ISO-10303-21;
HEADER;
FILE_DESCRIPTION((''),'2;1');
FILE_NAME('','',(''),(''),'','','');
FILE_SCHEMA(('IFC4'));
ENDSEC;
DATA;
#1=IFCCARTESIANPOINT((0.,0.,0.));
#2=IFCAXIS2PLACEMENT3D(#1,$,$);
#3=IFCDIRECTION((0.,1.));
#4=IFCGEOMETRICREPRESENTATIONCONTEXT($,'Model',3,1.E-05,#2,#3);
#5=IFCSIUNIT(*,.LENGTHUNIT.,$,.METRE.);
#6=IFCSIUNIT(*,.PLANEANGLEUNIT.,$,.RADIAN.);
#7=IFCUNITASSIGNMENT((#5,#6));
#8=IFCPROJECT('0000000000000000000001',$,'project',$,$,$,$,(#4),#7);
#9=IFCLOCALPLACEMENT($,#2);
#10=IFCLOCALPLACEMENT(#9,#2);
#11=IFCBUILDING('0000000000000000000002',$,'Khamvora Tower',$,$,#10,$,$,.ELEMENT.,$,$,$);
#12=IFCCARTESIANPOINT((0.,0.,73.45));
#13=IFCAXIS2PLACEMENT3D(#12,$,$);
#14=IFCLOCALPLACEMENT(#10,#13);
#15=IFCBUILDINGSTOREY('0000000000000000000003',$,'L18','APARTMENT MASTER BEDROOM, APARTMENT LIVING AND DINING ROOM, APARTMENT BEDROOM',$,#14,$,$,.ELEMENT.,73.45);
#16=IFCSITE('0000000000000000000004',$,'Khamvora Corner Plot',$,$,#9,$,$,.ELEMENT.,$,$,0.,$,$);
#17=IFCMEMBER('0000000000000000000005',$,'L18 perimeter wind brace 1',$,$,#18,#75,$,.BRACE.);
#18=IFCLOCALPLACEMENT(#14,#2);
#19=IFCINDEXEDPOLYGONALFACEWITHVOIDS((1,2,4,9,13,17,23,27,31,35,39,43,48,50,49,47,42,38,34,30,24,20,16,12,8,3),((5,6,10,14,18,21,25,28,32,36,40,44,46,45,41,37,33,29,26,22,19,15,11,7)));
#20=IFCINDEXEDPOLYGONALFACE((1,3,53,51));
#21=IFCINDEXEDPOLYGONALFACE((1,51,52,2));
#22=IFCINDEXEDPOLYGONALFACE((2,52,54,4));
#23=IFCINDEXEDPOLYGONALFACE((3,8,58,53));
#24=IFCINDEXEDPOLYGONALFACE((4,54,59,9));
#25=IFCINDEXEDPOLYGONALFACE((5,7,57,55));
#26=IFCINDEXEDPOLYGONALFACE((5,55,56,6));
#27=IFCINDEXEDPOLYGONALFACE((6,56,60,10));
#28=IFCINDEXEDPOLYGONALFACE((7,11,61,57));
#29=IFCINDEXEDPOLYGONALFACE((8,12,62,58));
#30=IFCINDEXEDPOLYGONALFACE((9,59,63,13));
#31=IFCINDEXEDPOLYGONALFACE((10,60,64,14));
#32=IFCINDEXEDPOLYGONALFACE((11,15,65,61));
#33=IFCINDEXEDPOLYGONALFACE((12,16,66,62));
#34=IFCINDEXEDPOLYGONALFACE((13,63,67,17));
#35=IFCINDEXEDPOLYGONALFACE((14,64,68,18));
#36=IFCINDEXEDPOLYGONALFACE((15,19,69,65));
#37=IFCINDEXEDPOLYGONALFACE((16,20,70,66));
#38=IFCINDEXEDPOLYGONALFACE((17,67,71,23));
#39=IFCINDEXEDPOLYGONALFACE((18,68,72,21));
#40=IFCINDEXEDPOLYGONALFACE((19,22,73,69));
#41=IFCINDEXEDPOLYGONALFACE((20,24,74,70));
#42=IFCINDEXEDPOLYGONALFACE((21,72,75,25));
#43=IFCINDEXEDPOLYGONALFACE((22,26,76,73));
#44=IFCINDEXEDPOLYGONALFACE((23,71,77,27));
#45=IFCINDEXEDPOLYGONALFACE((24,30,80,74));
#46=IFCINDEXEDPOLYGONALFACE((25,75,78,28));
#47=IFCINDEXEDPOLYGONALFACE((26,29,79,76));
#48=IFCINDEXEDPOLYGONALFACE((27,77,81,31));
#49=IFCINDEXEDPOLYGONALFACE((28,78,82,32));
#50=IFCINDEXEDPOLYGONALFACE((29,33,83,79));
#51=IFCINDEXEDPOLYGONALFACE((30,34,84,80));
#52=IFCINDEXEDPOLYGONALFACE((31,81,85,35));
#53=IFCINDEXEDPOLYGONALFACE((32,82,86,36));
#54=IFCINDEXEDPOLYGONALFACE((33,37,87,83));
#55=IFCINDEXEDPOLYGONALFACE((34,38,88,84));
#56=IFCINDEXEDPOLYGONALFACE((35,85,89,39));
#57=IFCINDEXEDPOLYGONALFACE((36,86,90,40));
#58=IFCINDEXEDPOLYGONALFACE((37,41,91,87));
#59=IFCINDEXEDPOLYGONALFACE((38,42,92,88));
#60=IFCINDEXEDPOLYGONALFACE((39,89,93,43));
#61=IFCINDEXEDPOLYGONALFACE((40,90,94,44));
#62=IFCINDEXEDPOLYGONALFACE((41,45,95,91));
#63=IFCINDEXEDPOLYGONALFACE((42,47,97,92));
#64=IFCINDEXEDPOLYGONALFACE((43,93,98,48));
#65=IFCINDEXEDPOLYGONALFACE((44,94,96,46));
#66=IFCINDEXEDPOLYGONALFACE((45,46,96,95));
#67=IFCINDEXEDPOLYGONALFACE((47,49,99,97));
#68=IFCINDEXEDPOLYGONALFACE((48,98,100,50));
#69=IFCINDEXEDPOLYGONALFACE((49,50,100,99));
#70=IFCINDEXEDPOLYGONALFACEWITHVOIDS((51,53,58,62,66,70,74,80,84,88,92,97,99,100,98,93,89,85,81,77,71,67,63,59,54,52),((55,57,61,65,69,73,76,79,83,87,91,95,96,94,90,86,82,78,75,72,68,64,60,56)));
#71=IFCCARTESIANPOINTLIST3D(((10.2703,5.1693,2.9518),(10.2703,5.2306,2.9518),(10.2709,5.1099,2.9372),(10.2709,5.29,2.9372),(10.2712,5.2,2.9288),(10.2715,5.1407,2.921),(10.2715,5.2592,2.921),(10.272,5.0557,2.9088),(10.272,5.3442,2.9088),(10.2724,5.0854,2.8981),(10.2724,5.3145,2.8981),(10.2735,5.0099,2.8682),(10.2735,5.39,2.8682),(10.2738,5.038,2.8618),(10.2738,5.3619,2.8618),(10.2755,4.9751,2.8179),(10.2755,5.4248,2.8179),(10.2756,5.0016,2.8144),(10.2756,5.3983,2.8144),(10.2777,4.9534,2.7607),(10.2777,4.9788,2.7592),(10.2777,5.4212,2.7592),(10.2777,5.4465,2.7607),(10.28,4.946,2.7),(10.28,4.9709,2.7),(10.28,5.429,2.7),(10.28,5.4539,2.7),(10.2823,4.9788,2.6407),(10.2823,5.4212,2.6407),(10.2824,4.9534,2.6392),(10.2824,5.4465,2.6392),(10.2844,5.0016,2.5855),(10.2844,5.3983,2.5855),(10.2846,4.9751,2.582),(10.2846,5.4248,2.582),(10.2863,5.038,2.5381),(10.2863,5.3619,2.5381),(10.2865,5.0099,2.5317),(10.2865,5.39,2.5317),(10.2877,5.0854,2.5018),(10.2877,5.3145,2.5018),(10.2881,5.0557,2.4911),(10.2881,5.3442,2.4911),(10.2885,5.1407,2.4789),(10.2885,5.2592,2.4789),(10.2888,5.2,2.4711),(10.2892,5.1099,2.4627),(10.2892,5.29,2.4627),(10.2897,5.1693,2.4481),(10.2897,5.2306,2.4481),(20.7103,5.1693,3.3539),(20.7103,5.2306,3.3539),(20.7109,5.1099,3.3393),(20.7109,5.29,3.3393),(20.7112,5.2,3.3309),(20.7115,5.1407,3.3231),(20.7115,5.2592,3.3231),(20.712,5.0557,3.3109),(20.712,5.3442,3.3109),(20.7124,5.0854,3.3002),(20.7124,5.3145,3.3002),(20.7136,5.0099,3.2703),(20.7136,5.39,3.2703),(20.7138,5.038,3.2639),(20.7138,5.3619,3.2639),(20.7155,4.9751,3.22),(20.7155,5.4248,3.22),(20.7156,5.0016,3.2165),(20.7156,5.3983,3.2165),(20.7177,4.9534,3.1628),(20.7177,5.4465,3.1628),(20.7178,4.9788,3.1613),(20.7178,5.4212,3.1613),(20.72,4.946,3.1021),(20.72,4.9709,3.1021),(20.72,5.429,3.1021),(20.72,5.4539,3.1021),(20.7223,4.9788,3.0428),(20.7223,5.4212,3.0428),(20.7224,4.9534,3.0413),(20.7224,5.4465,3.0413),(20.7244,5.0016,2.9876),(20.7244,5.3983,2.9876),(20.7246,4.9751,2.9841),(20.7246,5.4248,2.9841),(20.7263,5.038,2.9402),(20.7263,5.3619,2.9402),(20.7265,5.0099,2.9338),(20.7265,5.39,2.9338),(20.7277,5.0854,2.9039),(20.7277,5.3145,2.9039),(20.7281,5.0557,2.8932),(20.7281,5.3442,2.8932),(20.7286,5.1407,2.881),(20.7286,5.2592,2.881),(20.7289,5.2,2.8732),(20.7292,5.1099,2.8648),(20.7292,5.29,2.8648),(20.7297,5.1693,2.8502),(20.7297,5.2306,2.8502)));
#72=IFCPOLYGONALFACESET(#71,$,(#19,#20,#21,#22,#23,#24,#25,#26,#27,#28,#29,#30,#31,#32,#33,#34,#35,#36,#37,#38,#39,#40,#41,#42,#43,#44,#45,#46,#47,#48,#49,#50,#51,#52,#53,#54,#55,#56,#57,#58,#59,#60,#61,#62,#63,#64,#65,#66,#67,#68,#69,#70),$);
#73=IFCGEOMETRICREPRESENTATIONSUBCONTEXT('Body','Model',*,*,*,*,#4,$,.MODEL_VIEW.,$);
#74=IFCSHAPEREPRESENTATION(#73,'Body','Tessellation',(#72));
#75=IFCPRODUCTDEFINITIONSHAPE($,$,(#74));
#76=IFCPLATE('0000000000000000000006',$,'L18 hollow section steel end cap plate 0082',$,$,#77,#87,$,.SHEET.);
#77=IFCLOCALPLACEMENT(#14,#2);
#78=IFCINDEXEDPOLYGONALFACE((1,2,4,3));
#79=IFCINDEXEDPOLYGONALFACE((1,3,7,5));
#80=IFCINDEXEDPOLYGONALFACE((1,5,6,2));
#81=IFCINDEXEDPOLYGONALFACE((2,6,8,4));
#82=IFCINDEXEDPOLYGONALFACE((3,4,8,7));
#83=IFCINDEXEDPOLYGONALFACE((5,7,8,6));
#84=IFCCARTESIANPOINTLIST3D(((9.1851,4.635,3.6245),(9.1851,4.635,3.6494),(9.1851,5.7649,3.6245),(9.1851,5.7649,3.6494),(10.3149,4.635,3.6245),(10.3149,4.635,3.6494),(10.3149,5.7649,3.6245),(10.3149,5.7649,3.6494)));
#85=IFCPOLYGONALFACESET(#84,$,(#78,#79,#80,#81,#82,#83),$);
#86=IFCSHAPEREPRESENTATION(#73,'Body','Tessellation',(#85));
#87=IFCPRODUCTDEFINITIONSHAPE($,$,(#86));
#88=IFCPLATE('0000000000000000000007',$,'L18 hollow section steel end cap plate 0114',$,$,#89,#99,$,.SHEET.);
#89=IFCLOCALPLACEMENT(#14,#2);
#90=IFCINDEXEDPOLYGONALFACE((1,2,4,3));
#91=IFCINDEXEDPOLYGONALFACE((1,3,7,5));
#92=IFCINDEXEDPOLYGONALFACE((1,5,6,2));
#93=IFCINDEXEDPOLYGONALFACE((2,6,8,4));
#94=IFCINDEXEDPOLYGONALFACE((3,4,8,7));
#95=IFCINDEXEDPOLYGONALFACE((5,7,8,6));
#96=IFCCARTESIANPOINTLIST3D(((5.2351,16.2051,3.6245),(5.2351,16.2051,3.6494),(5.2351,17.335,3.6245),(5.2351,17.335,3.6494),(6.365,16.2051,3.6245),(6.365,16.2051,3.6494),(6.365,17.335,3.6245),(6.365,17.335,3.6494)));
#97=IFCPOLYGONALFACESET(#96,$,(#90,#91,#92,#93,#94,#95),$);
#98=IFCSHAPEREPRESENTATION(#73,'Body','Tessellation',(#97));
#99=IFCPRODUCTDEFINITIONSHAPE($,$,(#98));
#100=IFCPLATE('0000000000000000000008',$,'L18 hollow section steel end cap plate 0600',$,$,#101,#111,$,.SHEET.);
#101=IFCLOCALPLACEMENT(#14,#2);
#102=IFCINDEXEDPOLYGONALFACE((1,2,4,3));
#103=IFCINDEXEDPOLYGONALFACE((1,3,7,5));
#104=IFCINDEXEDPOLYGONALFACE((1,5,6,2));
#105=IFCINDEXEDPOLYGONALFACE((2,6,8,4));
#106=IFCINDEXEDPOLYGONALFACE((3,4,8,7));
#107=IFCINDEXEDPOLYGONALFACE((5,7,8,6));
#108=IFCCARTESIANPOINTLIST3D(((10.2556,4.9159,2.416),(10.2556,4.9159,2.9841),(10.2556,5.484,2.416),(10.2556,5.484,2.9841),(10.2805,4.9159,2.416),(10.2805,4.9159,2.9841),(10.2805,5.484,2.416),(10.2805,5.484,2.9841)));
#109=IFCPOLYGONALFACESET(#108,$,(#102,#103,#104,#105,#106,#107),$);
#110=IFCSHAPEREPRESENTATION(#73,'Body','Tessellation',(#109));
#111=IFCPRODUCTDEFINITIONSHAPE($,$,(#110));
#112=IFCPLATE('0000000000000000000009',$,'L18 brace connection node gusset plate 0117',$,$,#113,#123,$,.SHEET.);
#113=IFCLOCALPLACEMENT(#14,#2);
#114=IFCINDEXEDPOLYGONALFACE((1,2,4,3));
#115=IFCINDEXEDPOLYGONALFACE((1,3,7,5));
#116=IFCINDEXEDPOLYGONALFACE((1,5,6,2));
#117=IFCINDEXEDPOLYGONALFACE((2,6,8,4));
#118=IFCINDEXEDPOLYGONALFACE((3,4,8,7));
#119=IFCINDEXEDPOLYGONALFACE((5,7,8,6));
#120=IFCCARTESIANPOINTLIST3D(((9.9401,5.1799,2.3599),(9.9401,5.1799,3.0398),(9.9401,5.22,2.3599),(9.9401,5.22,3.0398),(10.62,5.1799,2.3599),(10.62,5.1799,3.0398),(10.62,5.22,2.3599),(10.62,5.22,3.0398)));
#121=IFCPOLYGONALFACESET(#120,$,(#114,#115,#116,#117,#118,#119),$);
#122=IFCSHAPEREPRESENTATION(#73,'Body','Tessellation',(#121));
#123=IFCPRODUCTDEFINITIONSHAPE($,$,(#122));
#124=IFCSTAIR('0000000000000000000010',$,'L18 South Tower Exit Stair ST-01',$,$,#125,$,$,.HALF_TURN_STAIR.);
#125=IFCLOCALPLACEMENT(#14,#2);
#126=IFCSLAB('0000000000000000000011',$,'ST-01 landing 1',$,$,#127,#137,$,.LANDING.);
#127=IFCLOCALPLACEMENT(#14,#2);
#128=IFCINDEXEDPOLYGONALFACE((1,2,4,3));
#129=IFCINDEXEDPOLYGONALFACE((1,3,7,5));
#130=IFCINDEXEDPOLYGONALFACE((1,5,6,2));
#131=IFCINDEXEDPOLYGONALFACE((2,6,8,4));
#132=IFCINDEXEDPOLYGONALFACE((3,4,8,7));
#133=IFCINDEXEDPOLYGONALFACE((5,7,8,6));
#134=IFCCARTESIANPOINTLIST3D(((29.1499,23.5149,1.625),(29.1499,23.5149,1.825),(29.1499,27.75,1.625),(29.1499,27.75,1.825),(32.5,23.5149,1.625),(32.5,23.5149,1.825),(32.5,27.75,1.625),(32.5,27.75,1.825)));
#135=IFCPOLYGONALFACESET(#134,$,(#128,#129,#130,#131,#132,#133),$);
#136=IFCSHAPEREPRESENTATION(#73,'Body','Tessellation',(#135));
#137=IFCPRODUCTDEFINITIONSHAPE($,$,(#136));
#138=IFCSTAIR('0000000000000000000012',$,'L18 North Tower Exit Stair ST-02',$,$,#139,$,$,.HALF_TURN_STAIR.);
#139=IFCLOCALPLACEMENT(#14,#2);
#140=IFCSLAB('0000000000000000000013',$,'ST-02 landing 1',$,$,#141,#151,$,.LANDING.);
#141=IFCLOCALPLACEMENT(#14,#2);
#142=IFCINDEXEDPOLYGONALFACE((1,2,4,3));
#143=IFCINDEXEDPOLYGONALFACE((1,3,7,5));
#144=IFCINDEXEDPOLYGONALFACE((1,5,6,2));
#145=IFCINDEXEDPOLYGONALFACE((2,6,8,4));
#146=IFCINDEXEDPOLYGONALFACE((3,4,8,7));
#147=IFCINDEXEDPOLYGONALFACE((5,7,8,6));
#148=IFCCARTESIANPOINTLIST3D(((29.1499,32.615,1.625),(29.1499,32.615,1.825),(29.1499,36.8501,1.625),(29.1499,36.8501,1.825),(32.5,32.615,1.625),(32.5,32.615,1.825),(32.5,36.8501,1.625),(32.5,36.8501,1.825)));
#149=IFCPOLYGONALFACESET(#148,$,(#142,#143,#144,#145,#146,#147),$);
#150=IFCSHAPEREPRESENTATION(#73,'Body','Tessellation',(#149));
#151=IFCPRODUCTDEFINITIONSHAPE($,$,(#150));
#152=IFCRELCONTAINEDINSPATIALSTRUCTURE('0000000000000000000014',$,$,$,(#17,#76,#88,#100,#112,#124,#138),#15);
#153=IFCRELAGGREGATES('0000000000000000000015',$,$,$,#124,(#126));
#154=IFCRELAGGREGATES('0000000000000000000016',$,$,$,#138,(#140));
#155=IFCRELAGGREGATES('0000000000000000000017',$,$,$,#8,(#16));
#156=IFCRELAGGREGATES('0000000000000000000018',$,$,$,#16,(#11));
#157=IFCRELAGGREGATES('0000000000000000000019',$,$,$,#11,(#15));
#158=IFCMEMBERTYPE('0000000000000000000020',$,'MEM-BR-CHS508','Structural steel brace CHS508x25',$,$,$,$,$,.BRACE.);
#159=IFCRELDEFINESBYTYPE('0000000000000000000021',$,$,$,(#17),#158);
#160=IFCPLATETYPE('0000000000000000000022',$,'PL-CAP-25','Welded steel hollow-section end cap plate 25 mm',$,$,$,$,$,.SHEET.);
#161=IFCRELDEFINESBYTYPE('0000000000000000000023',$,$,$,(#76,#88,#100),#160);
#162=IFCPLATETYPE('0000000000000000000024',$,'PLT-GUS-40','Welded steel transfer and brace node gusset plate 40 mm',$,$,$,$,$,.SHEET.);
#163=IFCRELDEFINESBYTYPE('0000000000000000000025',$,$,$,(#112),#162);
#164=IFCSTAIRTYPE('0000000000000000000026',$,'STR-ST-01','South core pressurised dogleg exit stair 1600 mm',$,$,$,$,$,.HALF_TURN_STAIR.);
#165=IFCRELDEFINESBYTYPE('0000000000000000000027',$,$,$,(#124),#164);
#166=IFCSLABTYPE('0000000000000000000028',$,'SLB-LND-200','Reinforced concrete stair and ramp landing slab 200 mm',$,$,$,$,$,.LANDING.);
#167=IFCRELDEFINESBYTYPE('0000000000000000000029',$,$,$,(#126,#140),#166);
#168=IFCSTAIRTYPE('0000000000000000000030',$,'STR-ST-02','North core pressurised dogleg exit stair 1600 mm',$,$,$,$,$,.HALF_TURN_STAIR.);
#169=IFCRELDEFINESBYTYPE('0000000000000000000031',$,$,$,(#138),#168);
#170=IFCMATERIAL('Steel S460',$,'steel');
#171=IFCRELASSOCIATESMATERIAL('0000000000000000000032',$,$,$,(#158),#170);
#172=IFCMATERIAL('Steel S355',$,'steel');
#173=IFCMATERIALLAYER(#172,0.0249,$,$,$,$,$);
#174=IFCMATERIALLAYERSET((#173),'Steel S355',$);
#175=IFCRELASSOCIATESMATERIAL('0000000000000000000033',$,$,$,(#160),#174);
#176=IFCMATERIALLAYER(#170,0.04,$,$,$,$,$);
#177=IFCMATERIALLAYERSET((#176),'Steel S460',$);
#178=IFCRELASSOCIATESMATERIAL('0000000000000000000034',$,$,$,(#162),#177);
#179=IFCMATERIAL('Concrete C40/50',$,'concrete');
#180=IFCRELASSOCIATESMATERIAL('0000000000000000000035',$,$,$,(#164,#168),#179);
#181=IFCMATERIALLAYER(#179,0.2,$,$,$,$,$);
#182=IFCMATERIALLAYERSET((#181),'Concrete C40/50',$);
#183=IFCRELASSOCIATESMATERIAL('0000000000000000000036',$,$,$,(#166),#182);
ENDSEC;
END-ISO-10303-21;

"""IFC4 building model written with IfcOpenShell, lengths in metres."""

from ifc_helpers import new_model, si_unit, direction, frame, origin, origin_2d, place, context, subcontext, project, spatial, polyline, rectangle, hollow_circle, outline, extrude, material, layer, layer_set, material_profile, profile_set, type_object, element, aggregate, save


model = new_model("IFC4")

# Units and contexts
model_context = context("Model", 3, precision=1e-05, world=origin(), true_north=direction((0.0, 1.0)))
body_context = subcontext(model_context, "Body", "Model", "MODEL_VIEW")
ifc_project = project(units=[si_unit("LENGTHUNIT", "METRE"), si_unit("PLANEANGLEUNIT", "RADIAN")], contexts=[model_context])

# Site, building, storey
site_placement = place(None, origin())
site = spatial("IfcSite", under=ifc_project, at=site_placement, Name="Khamvora Corner Plot", CompositionType="ELEMENT", RefElevation=0.0)
building_placement = place(site_placement, origin())
building = spatial("IfcBuilding", under=site, at=building_placement, Name="Khamvora Tower", CompositionType="ELEMENT")
storey_placement = place(building_placement, frame((0.0, 0.0, 73.45)))
storey = spatial("IfcBuildingStorey", under=building, at=storey_placement, Name="L18", Description="APARTMENT MASTER BEDROOM, APARTMENT LIVING AND DINING ROOM, APARTMENT BEDROOM", CompositionType="ELEMENT", Elevation=73.45)

# Shared definitions
ifc_material_1 = material(Name="Steel S460", Category="steel")

# Shared definitions
ifc_material_2 = material(Name="Steel S355", Category="steel")

# Member
ifc_material_profile_1 = material_profile(ifc_material_1, hollow_circle(Radius=0.2539, WallThickness=0.0249, at=origin_2d()), Name="CHS508x25")
ifc_profile_set_1 = profile_set([ifc_material_profile_1], Name="Steel S460")
member_type = type_object("IfcMemberType", Name="MEM-BR-CHS508", Description="Structural steel brace CHS508x25", PredefinedType="BRACE", material=ifc_profile_set_1)
member_placement = place(storey_placement, frame((10.28, 5.2, 2.7), z_axis=(0.999259, 0.0, 0.038487), x_axis=(0.0, 1.0, 0.0)))
element("IfcMember", 1, at=member_placement, inside=storey, type_object=member_type, Name="L18 perimeter wind brace 1", PredefinedType="BRACE", context=body_context, shape_type="SweptSolid", body=[
    extrude(hollow_circle(Radius=0.2539, WallThickness=0.0249, at=origin_2d()), origin(), (0.0, 0.0, 1.0), 10.4478),
])

# Plates
ifc_layer_1 = layer(ifc_material_2, 0.0249)
ifc_layer_set_1 = layer_set([ifc_layer_1], Name="Steel S355")
plate_type_1 = type_object("IfcPlateType", Name="PL-CAP-25", Description="Welded steel hollow-section end cap plate 25 mm", PredefinedType="SHEET", material=ifc_layer_set_1)
for number, where, z_axis, x_axis, name in (
    (2, (9.75, 5.2, 3.6245), (0.0, 0.0, 1.0), (1.0, 0.0, 0.0), "L18 hollow section steel end cap plate 0082"),
    (3, (5.8, 16.77, 3.6245), (0.0, 0.0, 1.0), (1.0, 0.0, 0.0), "L18 hollow section steel end cap plate 0114"),
):
    element("IfcPlate", number, at=place(storey_placement, frame(where, z_axis=z_axis, x_axis=x_axis)), inside=storey, type_object=plate_type_1, Name=name, PredefinedType="SHEET", context=body_context, shape_type="SweptSolid", body=[
        extrude(rectangle(XDim=1.1299, YDim=1.1299, at=origin_2d()), origin(), (0.0, 0.0, 1.0), 0.0249),
    ])
plate_1_placement = place(storey_placement, frame((10.2681, 5.2, 2.416), z_axis=(0.0, 0.0, 1.0), x_axis=(1.0, 0.0, 0.0)))
element("IfcPlate", 4, at=plate_1_placement, inside=storey, type_object=plate_type_1, Name="L18 hollow section steel end cap plate 0600", PredefinedType="SHEET", context=body_context, shape_type="SweptSolid", body=[
    extrude(rectangle(XDim=0.0249, YDim=0.5681, at=origin_2d()), origin(), (0.0, 0.0, 1.0), 0.5681),
])
ifc_layer_2 = layer(ifc_material_1, 0.04)
ifc_layer_set_2 = layer_set([ifc_layer_2], Name="Steel S460")
plate_type_2 = type_object("IfcPlateType", Name="PLT-GUS-40", Description="Welded steel transfer and brace node gusset plate 40 mm", PredefinedType="SHEET", material=ifc_layer_set_2)
plate_2_placement = place(storey_placement, frame((10.28, 5.2, 2.3599), z_axis=(0.0, 0.0, 1.0), x_axis=(1.0, 0.0, 0.0)))
element("IfcPlate", 5, at=plate_2_placement, inside=storey, type_object=plate_type_2, Name="L18 brace connection node gusset plate 0117", PredefinedType="SHEET", context=body_context, shape_type="SweptSolid", body=[
    extrude(rectangle(XDim=0.6799, YDim=0.04, at=origin_2d()), origin(), (0.0, 0.0, 1.0), 0.6799),
])

# Stairs, slabs
ifc_material_3 = material(Name="Concrete C40/50", Category="concrete")
stair_type_1 = type_object("IfcStairType", Name="STR-ST-01", Description="South core pressurised dogleg exit stair 1600 mm", PredefinedType="HALF_TURN_STAIR", material=ifc_material_3)
stair_1_placement = place(storey_placement, origin())
stair_1 = element("IfcStair", 6, at=stair_1_placement, inside=storey, type_object=stair_type_1, Name="L18 South Tower Exit Stair ST-01", PredefinedType="HALF_TURN_STAIR")
ifc_layer_3 = layer(ifc_material_3, 0.2)
ifc_layer_set_3 = layer_set([ifc_layer_3], Name="Concrete C40/50")
slab_type_1 = type_object("IfcSlabType", Name="SLB-LND-200", Description="Reinforced concrete stair and ramp landing slab 200 mm", PredefinedType="LANDING", material=ifc_layer_set_3)
slab_1_placement = place(storey_placement, frame((0.0, 0.0, 1.625)))
slab_1 = element("IfcSlab", 7, at=slab_1_placement, type_object=slab_type_1, Name="ST-01 landing 1", PredefinedType="LANDING", context=body_context, shape_type="SweptSolid", body=[
    extrude(outline(polyline([(32.5, 23.5149), (32.5, 27.75), (29.1499, 27.75), (29.1499, 23.5149), (32.5, 23.5149)])), origin(), (0.0, 0.0, 1.0), 0.2),
])
aggregate(stair_1, [slab_1])
stair_type_2 = type_object("IfcStairType", Name="STR-ST-02", Description="North core pressurised dogleg exit stair 1600 mm", PredefinedType="HALF_TURN_STAIR", material=ifc_material_3)
stair_2_placement = place(storey_placement, origin())
stair_2 = element("IfcStair", 8, at=stair_2_placement, inside=storey, type_object=stair_type_2, Name="L18 North Tower Exit Stair ST-02", PredefinedType="HALF_TURN_STAIR")
slab_2_placement = place(storey_placement, frame((0.0, 0.0, 1.625)))
slab_2 = element("IfcSlab", 9, at=slab_2_placement, type_object=slab_type_1, Name="ST-02 landing 1", PredefinedType="LANDING", context=body_context, shape_type="SweptSolid", body=[
    extrude(outline(polyline([(32.5, 32.615), (32.5, 36.8501), (29.1499, 36.8501), (29.1499, 32.615), (32.5, 32.615)])), origin(), (0.0, 0.0, 1.0), 0.2),
])
aggregate(stair_2, [slab_2])

save(model, "model.ifc")
